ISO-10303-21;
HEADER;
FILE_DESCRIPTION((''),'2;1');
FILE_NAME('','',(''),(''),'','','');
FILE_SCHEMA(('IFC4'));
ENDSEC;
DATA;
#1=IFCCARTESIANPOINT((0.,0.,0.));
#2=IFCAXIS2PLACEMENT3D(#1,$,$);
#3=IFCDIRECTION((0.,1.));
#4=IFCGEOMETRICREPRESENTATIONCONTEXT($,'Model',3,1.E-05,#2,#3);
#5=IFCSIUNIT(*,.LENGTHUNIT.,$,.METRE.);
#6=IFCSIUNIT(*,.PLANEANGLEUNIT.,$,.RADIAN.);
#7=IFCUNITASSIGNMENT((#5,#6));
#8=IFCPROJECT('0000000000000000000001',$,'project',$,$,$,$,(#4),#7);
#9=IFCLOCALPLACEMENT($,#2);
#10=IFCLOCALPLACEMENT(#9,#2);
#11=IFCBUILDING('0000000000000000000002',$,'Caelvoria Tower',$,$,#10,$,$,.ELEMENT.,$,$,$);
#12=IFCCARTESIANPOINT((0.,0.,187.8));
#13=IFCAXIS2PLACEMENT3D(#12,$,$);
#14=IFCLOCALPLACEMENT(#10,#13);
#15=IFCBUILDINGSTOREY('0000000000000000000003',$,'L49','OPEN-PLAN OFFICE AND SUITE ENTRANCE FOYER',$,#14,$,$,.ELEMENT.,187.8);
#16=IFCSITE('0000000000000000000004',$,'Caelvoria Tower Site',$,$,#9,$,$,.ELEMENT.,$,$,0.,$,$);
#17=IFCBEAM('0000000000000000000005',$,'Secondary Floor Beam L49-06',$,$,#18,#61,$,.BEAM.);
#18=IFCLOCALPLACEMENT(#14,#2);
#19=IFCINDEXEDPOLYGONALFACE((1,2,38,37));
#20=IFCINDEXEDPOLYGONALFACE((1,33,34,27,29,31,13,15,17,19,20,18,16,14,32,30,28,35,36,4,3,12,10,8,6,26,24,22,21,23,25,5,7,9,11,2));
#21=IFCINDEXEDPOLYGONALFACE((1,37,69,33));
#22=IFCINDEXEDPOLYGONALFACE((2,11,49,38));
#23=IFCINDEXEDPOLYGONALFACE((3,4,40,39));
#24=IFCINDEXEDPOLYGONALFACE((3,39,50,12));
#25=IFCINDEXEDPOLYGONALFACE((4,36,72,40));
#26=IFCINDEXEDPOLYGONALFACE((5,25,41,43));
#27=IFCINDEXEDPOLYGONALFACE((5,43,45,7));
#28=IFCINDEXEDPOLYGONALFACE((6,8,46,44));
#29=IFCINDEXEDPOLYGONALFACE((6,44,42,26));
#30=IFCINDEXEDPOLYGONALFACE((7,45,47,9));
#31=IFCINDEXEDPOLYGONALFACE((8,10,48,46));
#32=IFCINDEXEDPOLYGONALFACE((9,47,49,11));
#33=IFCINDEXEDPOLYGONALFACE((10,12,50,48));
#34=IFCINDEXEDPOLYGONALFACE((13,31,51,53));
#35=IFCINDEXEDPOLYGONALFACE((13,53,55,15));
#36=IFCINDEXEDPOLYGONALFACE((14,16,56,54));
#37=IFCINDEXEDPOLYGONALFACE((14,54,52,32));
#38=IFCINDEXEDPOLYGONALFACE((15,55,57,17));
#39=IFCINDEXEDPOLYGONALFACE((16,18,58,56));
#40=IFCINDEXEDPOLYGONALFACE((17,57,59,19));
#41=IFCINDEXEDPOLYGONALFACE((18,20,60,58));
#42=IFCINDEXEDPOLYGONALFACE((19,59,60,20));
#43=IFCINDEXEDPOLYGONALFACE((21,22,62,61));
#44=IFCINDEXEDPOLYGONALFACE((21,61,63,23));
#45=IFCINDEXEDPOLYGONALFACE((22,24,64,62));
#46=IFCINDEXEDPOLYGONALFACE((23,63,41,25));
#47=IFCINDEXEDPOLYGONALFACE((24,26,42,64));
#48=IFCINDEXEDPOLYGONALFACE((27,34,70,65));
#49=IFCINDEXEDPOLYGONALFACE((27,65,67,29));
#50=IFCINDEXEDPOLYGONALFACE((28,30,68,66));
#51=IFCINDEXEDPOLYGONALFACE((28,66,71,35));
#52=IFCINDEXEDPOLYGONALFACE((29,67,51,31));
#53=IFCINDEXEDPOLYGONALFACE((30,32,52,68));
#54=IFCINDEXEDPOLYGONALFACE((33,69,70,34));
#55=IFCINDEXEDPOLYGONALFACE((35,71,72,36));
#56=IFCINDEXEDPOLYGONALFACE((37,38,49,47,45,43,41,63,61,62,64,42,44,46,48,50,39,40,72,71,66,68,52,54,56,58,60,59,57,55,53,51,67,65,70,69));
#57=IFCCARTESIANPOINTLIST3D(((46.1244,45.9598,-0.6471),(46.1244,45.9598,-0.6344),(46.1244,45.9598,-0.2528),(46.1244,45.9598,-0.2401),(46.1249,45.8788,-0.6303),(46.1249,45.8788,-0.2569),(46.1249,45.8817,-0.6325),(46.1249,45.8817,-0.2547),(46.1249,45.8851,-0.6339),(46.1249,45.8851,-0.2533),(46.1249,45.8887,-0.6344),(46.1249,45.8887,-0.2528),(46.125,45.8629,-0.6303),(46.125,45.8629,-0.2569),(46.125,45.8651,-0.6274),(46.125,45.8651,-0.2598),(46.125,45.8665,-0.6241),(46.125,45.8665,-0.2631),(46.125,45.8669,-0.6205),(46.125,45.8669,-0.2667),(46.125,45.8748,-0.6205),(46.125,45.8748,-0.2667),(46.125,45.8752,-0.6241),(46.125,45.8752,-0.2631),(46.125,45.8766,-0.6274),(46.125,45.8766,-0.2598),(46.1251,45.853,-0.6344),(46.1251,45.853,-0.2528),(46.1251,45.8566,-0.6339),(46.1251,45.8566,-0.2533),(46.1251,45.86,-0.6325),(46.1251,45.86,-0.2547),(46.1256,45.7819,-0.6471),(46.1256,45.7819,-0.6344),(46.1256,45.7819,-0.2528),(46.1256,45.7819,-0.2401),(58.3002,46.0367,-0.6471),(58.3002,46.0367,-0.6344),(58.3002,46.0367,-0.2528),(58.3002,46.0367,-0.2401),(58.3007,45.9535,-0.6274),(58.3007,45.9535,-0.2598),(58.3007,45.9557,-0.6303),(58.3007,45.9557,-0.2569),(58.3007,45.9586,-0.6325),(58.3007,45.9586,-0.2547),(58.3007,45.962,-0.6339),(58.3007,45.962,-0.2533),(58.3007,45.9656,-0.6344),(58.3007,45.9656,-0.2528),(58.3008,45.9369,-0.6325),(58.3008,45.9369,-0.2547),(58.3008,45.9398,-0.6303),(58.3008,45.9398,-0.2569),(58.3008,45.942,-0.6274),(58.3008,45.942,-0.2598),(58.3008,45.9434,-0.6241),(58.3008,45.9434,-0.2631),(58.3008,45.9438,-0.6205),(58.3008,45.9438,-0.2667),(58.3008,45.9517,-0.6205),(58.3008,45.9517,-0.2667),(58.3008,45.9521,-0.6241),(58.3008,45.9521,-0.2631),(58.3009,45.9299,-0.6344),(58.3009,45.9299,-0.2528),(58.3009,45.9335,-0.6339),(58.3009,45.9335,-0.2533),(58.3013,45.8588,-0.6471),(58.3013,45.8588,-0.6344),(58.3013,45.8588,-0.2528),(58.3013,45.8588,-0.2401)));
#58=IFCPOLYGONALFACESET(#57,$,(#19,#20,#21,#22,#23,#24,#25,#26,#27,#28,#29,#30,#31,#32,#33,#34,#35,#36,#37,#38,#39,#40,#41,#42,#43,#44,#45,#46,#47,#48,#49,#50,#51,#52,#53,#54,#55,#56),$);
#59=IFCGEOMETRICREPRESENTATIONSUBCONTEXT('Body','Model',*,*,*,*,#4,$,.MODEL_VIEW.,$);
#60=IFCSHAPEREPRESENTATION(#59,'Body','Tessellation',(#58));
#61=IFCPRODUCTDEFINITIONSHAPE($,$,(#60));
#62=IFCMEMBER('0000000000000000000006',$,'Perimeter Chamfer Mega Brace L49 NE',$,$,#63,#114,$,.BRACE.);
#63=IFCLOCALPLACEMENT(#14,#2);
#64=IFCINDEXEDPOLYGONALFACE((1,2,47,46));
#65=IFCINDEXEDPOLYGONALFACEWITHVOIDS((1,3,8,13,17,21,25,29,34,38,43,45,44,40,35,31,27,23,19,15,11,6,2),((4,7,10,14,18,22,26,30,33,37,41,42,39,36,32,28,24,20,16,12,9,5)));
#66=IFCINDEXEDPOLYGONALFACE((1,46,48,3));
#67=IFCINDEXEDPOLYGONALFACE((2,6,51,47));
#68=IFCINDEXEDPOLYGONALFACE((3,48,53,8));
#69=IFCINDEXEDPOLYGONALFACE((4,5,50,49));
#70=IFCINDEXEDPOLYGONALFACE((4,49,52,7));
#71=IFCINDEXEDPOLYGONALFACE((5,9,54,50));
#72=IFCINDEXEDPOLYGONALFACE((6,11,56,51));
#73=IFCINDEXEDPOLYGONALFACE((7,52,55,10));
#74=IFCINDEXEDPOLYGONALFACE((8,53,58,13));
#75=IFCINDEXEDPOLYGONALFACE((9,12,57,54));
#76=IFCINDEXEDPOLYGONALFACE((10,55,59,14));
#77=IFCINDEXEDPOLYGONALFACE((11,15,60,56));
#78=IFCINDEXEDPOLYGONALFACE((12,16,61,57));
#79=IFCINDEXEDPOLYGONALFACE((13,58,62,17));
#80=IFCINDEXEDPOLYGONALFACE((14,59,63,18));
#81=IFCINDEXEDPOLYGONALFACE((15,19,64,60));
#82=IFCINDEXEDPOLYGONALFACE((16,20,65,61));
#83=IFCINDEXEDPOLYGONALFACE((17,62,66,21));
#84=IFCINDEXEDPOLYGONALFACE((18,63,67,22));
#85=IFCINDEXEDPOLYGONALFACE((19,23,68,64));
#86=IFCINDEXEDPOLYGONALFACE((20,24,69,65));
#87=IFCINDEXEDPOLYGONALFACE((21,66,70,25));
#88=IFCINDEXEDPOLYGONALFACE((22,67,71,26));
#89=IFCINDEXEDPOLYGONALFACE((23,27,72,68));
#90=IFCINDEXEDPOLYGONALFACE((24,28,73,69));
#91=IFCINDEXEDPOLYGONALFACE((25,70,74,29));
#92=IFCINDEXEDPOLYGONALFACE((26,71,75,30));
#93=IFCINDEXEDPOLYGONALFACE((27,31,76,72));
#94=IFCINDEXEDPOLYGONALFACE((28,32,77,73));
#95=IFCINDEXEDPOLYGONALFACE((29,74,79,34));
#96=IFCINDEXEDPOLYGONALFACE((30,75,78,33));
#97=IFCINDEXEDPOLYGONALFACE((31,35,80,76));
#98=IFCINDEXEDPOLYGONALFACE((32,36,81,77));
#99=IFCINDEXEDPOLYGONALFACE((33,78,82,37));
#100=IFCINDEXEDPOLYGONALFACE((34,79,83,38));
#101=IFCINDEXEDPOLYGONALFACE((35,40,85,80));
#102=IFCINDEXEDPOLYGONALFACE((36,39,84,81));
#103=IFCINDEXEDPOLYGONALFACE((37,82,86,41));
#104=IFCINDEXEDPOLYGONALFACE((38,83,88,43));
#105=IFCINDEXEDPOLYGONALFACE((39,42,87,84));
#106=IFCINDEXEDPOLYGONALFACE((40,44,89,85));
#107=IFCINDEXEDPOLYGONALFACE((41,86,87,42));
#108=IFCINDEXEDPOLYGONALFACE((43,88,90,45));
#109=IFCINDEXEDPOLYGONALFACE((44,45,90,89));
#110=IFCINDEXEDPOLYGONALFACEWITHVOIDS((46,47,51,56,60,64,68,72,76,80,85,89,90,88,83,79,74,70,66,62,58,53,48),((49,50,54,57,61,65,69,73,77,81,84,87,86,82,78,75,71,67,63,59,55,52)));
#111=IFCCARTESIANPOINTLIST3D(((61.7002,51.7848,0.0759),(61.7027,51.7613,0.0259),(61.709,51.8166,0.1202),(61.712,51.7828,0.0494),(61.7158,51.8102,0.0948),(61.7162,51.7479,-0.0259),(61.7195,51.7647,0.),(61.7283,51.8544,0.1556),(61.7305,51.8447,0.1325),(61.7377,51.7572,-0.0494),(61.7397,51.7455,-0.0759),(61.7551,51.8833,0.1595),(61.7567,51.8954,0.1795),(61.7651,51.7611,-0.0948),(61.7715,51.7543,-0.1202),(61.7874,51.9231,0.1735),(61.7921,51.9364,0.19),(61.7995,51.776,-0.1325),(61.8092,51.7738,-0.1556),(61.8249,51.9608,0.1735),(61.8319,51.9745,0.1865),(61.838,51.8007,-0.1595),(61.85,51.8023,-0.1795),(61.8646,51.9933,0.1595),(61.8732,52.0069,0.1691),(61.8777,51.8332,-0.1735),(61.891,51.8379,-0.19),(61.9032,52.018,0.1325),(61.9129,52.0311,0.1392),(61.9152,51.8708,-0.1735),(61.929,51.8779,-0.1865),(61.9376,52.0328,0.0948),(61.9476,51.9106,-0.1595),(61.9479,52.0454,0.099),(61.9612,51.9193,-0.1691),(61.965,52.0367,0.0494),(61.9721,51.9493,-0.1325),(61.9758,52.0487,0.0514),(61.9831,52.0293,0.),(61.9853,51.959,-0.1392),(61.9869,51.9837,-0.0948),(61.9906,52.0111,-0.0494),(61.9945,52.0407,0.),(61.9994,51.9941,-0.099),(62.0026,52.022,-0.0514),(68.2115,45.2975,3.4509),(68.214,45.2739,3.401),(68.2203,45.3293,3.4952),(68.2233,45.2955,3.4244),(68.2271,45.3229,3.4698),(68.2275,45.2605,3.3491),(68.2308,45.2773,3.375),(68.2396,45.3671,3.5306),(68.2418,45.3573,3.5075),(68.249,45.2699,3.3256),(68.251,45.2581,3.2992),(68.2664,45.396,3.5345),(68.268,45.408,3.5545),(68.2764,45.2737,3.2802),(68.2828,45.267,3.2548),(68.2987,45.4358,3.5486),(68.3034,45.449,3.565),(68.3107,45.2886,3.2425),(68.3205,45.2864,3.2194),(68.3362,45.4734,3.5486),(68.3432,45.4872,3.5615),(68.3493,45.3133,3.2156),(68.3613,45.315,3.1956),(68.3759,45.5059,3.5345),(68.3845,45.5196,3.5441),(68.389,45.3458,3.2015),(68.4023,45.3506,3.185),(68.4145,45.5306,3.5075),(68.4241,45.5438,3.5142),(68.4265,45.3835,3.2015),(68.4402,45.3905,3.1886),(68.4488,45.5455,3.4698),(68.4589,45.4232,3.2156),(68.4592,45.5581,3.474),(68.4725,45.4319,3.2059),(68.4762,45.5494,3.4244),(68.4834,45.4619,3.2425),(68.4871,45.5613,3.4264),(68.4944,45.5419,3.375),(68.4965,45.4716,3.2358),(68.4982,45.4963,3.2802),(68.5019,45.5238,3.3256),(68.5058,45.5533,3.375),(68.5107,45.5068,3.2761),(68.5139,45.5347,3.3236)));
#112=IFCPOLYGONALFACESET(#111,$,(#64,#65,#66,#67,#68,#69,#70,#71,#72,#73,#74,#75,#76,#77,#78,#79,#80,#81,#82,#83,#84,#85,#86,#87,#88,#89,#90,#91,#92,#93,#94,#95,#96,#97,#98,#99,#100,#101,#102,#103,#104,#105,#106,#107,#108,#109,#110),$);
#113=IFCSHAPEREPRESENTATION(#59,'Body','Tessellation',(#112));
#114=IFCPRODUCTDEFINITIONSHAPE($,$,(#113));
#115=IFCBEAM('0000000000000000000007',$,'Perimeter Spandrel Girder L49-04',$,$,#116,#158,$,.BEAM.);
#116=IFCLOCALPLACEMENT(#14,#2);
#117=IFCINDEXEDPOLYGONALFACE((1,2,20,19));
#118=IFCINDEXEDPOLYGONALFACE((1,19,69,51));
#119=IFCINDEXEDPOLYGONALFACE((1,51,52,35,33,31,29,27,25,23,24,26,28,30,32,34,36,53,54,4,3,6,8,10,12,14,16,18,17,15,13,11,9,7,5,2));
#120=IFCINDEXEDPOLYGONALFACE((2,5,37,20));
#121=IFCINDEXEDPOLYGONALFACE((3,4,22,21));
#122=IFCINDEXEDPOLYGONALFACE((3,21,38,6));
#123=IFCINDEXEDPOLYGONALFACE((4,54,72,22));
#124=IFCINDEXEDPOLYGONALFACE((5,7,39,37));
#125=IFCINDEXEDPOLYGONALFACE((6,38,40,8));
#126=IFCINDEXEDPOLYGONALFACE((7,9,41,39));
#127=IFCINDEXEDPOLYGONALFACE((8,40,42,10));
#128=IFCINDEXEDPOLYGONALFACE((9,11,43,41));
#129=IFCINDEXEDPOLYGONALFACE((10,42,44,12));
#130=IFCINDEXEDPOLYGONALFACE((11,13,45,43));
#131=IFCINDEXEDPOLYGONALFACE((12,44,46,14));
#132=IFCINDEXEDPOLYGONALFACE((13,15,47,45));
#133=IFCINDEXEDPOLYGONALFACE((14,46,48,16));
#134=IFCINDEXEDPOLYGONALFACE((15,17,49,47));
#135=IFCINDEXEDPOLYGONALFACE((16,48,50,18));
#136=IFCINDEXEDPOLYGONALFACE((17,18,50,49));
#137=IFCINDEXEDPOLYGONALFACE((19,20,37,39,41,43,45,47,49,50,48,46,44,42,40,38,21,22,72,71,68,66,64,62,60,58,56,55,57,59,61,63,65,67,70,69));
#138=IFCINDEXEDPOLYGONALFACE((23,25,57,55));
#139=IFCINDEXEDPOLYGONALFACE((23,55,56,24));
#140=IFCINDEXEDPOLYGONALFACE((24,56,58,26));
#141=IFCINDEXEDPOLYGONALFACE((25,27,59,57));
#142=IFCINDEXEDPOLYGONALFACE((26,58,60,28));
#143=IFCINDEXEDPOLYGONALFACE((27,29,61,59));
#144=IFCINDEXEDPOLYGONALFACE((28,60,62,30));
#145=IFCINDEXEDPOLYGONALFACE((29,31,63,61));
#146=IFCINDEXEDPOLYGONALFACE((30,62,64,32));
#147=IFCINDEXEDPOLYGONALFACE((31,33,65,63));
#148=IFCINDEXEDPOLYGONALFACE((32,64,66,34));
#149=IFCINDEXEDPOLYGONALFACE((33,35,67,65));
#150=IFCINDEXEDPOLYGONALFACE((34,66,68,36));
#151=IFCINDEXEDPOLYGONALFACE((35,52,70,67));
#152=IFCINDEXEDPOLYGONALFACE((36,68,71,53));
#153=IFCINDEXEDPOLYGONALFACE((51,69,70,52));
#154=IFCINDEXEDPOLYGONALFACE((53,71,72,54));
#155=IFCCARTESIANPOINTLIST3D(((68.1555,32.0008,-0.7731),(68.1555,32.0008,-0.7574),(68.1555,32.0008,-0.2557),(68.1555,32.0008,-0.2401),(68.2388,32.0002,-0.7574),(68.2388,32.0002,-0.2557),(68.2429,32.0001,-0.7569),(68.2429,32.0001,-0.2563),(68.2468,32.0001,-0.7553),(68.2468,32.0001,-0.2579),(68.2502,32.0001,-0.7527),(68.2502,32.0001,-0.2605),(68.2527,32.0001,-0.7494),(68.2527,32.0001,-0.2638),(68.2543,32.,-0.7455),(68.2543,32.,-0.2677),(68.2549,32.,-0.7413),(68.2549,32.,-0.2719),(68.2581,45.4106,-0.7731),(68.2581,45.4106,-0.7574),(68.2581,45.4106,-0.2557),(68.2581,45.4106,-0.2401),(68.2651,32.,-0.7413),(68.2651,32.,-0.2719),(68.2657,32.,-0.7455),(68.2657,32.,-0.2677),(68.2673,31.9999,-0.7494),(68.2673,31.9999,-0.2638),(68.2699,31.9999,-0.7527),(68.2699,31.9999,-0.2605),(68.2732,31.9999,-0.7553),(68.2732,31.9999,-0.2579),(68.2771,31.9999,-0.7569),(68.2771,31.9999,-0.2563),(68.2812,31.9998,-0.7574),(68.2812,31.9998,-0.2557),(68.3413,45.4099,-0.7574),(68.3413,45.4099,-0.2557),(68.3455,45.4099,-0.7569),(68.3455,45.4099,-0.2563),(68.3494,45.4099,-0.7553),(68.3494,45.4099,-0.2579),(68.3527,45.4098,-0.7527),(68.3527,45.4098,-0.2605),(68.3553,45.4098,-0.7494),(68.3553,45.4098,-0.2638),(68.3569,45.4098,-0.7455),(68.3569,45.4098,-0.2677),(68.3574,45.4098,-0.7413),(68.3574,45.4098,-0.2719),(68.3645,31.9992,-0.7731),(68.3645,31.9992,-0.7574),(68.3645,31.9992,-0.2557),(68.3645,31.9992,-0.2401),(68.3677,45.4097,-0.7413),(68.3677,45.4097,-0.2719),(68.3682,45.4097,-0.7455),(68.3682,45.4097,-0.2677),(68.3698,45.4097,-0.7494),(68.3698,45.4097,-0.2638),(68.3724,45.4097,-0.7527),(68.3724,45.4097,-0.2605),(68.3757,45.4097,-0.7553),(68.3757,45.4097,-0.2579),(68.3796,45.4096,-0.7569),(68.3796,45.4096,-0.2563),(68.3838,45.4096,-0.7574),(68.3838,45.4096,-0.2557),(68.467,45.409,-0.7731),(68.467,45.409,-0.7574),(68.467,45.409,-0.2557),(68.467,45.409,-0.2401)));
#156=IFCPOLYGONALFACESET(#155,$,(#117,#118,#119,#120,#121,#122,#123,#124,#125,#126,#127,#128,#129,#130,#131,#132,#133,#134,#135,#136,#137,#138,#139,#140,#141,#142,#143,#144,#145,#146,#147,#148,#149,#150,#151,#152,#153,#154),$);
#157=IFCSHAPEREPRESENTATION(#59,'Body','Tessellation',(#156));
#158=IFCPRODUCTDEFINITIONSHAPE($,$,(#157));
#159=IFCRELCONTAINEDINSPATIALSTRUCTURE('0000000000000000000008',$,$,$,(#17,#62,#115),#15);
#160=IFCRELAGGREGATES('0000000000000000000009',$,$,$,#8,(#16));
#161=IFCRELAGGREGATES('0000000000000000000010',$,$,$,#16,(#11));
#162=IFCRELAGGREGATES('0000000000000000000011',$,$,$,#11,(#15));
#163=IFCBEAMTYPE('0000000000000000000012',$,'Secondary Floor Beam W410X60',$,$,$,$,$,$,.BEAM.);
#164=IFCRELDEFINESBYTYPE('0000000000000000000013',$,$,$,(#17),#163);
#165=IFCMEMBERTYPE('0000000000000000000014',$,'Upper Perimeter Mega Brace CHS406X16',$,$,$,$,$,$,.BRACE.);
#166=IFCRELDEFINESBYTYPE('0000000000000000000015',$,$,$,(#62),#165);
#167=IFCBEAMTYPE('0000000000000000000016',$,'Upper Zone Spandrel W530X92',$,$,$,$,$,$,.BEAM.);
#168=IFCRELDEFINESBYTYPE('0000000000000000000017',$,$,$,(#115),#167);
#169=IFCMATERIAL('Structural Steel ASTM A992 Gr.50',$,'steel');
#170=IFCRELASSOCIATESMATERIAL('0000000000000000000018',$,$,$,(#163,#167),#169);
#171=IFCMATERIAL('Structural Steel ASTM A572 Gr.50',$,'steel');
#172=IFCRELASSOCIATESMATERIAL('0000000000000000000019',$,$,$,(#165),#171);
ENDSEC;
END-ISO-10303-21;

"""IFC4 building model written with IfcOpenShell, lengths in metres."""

from ifc_helpers import new_model, si_unit, direction, frame, origin, origin_2d, place, context, subcontext, project, spatial, hollow_circle, i_section, extrude, material, material_profile, profile_set, type_object, element, save


model = new_model("IFC4")

# Units and contexts
model_context = context("Model", 3, precision=1e-05, world=origin(), true_north=direction((0.0, 1.0)))
body_context = subcontext(model_context, "Body", "Model", "MODEL_VIEW")
ifc_project = project(units=[si_unit("LENGTHUNIT", "METRE"), si_unit("PLANEANGLEUNIT", "RADIAN")], contexts=[model_context])

# Site, building, storey
site_placement = place(None, origin())
site = spatial("IfcSite", under=ifc_project, at=site_placement, Name="Caelvoria Tower Site", CompositionType="ELEMENT", RefElevation=0.0)
building_placement = place(site_placement, origin())
building = spatial("IfcBuilding", under=site, at=building_placement, Name="Caelvoria Tower", CompositionType="ELEMENT")
storey_placement = place(building_placement, frame((0.0, 0.0, 187.8)))
storey = spatial("IfcBuildingStorey", under=building, at=storey_placement, Name="L49", Description="OPEN-PLAN OFFICE AND SUITE ENTRANCE FOYER", CompositionType="ELEMENT", Elevation=187.8)

# Shared definitions
ifc_material_1 = material(Name="Structural Steel ASTM A572 Gr.50", Category="steel")
ifc_material_2 = material(Name="Structural Steel ASTM A992 Gr.50", Category="steel")

# Beam
ifc_material_profile_1 = material_profile(ifc_material_2, i_section(OverallWidth=0.178, OverallDepth=0.407, WebThickness=0.0078, FlangeThickness=0.0127, FilletRadius=0.0139, at=origin_2d()), Name="Structural Steel ASTM A992 Gr.50")
ifc_profile_set_1 = profile_set([ifc_material_profile_1], Name="W410X60 - Structural Steel ASTM A992 Gr.50")
beam_type_1 = type_object("IfcBeamType", Name="Secondary Floor Beam W410X60", PredefinedType="BEAM", material=ifc_profile_set_1)
beam_1_placement = place(storey_placement, frame((58.3008, 45.9478, -0.4436), z_axis=(-0.99998, -0.006316, 0.0), x_axis=(0.006316, -0.99998, 0.0)))
element("IfcBeam", 1, at=beam_1_placement, inside=storey, type_object=beam_type_1, Name="Secondary Floor Beam L49-06", PredefinedType="BEAM", context=body_context, shape_type="SweptSolid", body=[
    extrude(i_section(OverallWidth=0.178, OverallDepth=0.407, WebThickness=0.0078, FlangeThickness=0.0127, FilletRadius=0.0139, at=origin_2d()), origin(), (0.0, 0.0, 1.0), 12.176),
])

# Member
ifc_material_profile_2 = material_profile(ifc_material_1, hollow_circle(Radius=0.2029, WallThickness=0.0161, at=origin_2d()), Name="Structural Steel ASTM A572 Gr.50")
ifc_profile_set_2 = profile_set([ifc_material_profile_2], Name="CHS406X16 - Structural Steel ASTM A572 Gr.50")
member_type = type_object("IfcMemberType", Name="Upper Perimeter Mega Brace CHS406X16", PredefinedType="BRACE", material=ifc_profile_set_2)
member_placement = place(storey_placement, frame((61.8513, 51.897, 0.0), z_axis=(0.664994, -0.66255, 0.34469), x_axis=(0.705804, 0.708407, 0.0)))
element("IfcMember", 2, at=member_placement, inside=storey, type_object=member_type, Name="Perimeter Chamfer Mega Brace L49 NE", PredefinedType="BRACE", context=body_context, shape_type="SweptSolid", body=[
    extrude(hollow_circle(Radius=0.2029, WallThickness=0.0161, at=origin_2d()), origin(), (0.0, 0.0, 1.0), 9.7915),
])

# Beam
ifc_material_profile_3 = material_profile(ifc_material_2, i_section(OverallWidth=0.209, OverallDepth=0.533, WebThickness=0.0103, FlangeThickness=0.0156, FilletRadius=0.0161, at=origin_2d()), Name="Structural Steel ASTM A992 Gr.50")
ifc_profile_set_3 = profile_set([ifc_material_profile_3], Name="W530X92 - Structural Steel ASTM A992 Gr.50")
beam_type_2 = type_object("IfcBeamType", Name="Upper Zone Spandrel W530X92", PredefinedType="BEAM", material=ifc_profile_set_3)
beam_2_placement = place(storey_placement, frame((68.26, 32.0, -0.5066), z_axis=(0.007646, 0.999971, 0.0), x_axis=(-0.999971, 0.007646, 0.0)))
element("IfcBeam", 3, at=beam_2_placement, inside=storey, type_object=beam_type_2, Name="Perimeter Spandrel Girder L49-04", PredefinedType="BEAM", context=body_context, shape_type="SweptSolid", body=[
    extrude(i_section(OverallWidth=0.209, OverallDepth=0.533, WebThickness=0.0103, FlangeThickness=0.0156, FilletRadius=0.0161, at=origin_2d()), origin(), (0.0, 0.0, 1.0), 13.4102),
])

save(model, "model.ifc")
